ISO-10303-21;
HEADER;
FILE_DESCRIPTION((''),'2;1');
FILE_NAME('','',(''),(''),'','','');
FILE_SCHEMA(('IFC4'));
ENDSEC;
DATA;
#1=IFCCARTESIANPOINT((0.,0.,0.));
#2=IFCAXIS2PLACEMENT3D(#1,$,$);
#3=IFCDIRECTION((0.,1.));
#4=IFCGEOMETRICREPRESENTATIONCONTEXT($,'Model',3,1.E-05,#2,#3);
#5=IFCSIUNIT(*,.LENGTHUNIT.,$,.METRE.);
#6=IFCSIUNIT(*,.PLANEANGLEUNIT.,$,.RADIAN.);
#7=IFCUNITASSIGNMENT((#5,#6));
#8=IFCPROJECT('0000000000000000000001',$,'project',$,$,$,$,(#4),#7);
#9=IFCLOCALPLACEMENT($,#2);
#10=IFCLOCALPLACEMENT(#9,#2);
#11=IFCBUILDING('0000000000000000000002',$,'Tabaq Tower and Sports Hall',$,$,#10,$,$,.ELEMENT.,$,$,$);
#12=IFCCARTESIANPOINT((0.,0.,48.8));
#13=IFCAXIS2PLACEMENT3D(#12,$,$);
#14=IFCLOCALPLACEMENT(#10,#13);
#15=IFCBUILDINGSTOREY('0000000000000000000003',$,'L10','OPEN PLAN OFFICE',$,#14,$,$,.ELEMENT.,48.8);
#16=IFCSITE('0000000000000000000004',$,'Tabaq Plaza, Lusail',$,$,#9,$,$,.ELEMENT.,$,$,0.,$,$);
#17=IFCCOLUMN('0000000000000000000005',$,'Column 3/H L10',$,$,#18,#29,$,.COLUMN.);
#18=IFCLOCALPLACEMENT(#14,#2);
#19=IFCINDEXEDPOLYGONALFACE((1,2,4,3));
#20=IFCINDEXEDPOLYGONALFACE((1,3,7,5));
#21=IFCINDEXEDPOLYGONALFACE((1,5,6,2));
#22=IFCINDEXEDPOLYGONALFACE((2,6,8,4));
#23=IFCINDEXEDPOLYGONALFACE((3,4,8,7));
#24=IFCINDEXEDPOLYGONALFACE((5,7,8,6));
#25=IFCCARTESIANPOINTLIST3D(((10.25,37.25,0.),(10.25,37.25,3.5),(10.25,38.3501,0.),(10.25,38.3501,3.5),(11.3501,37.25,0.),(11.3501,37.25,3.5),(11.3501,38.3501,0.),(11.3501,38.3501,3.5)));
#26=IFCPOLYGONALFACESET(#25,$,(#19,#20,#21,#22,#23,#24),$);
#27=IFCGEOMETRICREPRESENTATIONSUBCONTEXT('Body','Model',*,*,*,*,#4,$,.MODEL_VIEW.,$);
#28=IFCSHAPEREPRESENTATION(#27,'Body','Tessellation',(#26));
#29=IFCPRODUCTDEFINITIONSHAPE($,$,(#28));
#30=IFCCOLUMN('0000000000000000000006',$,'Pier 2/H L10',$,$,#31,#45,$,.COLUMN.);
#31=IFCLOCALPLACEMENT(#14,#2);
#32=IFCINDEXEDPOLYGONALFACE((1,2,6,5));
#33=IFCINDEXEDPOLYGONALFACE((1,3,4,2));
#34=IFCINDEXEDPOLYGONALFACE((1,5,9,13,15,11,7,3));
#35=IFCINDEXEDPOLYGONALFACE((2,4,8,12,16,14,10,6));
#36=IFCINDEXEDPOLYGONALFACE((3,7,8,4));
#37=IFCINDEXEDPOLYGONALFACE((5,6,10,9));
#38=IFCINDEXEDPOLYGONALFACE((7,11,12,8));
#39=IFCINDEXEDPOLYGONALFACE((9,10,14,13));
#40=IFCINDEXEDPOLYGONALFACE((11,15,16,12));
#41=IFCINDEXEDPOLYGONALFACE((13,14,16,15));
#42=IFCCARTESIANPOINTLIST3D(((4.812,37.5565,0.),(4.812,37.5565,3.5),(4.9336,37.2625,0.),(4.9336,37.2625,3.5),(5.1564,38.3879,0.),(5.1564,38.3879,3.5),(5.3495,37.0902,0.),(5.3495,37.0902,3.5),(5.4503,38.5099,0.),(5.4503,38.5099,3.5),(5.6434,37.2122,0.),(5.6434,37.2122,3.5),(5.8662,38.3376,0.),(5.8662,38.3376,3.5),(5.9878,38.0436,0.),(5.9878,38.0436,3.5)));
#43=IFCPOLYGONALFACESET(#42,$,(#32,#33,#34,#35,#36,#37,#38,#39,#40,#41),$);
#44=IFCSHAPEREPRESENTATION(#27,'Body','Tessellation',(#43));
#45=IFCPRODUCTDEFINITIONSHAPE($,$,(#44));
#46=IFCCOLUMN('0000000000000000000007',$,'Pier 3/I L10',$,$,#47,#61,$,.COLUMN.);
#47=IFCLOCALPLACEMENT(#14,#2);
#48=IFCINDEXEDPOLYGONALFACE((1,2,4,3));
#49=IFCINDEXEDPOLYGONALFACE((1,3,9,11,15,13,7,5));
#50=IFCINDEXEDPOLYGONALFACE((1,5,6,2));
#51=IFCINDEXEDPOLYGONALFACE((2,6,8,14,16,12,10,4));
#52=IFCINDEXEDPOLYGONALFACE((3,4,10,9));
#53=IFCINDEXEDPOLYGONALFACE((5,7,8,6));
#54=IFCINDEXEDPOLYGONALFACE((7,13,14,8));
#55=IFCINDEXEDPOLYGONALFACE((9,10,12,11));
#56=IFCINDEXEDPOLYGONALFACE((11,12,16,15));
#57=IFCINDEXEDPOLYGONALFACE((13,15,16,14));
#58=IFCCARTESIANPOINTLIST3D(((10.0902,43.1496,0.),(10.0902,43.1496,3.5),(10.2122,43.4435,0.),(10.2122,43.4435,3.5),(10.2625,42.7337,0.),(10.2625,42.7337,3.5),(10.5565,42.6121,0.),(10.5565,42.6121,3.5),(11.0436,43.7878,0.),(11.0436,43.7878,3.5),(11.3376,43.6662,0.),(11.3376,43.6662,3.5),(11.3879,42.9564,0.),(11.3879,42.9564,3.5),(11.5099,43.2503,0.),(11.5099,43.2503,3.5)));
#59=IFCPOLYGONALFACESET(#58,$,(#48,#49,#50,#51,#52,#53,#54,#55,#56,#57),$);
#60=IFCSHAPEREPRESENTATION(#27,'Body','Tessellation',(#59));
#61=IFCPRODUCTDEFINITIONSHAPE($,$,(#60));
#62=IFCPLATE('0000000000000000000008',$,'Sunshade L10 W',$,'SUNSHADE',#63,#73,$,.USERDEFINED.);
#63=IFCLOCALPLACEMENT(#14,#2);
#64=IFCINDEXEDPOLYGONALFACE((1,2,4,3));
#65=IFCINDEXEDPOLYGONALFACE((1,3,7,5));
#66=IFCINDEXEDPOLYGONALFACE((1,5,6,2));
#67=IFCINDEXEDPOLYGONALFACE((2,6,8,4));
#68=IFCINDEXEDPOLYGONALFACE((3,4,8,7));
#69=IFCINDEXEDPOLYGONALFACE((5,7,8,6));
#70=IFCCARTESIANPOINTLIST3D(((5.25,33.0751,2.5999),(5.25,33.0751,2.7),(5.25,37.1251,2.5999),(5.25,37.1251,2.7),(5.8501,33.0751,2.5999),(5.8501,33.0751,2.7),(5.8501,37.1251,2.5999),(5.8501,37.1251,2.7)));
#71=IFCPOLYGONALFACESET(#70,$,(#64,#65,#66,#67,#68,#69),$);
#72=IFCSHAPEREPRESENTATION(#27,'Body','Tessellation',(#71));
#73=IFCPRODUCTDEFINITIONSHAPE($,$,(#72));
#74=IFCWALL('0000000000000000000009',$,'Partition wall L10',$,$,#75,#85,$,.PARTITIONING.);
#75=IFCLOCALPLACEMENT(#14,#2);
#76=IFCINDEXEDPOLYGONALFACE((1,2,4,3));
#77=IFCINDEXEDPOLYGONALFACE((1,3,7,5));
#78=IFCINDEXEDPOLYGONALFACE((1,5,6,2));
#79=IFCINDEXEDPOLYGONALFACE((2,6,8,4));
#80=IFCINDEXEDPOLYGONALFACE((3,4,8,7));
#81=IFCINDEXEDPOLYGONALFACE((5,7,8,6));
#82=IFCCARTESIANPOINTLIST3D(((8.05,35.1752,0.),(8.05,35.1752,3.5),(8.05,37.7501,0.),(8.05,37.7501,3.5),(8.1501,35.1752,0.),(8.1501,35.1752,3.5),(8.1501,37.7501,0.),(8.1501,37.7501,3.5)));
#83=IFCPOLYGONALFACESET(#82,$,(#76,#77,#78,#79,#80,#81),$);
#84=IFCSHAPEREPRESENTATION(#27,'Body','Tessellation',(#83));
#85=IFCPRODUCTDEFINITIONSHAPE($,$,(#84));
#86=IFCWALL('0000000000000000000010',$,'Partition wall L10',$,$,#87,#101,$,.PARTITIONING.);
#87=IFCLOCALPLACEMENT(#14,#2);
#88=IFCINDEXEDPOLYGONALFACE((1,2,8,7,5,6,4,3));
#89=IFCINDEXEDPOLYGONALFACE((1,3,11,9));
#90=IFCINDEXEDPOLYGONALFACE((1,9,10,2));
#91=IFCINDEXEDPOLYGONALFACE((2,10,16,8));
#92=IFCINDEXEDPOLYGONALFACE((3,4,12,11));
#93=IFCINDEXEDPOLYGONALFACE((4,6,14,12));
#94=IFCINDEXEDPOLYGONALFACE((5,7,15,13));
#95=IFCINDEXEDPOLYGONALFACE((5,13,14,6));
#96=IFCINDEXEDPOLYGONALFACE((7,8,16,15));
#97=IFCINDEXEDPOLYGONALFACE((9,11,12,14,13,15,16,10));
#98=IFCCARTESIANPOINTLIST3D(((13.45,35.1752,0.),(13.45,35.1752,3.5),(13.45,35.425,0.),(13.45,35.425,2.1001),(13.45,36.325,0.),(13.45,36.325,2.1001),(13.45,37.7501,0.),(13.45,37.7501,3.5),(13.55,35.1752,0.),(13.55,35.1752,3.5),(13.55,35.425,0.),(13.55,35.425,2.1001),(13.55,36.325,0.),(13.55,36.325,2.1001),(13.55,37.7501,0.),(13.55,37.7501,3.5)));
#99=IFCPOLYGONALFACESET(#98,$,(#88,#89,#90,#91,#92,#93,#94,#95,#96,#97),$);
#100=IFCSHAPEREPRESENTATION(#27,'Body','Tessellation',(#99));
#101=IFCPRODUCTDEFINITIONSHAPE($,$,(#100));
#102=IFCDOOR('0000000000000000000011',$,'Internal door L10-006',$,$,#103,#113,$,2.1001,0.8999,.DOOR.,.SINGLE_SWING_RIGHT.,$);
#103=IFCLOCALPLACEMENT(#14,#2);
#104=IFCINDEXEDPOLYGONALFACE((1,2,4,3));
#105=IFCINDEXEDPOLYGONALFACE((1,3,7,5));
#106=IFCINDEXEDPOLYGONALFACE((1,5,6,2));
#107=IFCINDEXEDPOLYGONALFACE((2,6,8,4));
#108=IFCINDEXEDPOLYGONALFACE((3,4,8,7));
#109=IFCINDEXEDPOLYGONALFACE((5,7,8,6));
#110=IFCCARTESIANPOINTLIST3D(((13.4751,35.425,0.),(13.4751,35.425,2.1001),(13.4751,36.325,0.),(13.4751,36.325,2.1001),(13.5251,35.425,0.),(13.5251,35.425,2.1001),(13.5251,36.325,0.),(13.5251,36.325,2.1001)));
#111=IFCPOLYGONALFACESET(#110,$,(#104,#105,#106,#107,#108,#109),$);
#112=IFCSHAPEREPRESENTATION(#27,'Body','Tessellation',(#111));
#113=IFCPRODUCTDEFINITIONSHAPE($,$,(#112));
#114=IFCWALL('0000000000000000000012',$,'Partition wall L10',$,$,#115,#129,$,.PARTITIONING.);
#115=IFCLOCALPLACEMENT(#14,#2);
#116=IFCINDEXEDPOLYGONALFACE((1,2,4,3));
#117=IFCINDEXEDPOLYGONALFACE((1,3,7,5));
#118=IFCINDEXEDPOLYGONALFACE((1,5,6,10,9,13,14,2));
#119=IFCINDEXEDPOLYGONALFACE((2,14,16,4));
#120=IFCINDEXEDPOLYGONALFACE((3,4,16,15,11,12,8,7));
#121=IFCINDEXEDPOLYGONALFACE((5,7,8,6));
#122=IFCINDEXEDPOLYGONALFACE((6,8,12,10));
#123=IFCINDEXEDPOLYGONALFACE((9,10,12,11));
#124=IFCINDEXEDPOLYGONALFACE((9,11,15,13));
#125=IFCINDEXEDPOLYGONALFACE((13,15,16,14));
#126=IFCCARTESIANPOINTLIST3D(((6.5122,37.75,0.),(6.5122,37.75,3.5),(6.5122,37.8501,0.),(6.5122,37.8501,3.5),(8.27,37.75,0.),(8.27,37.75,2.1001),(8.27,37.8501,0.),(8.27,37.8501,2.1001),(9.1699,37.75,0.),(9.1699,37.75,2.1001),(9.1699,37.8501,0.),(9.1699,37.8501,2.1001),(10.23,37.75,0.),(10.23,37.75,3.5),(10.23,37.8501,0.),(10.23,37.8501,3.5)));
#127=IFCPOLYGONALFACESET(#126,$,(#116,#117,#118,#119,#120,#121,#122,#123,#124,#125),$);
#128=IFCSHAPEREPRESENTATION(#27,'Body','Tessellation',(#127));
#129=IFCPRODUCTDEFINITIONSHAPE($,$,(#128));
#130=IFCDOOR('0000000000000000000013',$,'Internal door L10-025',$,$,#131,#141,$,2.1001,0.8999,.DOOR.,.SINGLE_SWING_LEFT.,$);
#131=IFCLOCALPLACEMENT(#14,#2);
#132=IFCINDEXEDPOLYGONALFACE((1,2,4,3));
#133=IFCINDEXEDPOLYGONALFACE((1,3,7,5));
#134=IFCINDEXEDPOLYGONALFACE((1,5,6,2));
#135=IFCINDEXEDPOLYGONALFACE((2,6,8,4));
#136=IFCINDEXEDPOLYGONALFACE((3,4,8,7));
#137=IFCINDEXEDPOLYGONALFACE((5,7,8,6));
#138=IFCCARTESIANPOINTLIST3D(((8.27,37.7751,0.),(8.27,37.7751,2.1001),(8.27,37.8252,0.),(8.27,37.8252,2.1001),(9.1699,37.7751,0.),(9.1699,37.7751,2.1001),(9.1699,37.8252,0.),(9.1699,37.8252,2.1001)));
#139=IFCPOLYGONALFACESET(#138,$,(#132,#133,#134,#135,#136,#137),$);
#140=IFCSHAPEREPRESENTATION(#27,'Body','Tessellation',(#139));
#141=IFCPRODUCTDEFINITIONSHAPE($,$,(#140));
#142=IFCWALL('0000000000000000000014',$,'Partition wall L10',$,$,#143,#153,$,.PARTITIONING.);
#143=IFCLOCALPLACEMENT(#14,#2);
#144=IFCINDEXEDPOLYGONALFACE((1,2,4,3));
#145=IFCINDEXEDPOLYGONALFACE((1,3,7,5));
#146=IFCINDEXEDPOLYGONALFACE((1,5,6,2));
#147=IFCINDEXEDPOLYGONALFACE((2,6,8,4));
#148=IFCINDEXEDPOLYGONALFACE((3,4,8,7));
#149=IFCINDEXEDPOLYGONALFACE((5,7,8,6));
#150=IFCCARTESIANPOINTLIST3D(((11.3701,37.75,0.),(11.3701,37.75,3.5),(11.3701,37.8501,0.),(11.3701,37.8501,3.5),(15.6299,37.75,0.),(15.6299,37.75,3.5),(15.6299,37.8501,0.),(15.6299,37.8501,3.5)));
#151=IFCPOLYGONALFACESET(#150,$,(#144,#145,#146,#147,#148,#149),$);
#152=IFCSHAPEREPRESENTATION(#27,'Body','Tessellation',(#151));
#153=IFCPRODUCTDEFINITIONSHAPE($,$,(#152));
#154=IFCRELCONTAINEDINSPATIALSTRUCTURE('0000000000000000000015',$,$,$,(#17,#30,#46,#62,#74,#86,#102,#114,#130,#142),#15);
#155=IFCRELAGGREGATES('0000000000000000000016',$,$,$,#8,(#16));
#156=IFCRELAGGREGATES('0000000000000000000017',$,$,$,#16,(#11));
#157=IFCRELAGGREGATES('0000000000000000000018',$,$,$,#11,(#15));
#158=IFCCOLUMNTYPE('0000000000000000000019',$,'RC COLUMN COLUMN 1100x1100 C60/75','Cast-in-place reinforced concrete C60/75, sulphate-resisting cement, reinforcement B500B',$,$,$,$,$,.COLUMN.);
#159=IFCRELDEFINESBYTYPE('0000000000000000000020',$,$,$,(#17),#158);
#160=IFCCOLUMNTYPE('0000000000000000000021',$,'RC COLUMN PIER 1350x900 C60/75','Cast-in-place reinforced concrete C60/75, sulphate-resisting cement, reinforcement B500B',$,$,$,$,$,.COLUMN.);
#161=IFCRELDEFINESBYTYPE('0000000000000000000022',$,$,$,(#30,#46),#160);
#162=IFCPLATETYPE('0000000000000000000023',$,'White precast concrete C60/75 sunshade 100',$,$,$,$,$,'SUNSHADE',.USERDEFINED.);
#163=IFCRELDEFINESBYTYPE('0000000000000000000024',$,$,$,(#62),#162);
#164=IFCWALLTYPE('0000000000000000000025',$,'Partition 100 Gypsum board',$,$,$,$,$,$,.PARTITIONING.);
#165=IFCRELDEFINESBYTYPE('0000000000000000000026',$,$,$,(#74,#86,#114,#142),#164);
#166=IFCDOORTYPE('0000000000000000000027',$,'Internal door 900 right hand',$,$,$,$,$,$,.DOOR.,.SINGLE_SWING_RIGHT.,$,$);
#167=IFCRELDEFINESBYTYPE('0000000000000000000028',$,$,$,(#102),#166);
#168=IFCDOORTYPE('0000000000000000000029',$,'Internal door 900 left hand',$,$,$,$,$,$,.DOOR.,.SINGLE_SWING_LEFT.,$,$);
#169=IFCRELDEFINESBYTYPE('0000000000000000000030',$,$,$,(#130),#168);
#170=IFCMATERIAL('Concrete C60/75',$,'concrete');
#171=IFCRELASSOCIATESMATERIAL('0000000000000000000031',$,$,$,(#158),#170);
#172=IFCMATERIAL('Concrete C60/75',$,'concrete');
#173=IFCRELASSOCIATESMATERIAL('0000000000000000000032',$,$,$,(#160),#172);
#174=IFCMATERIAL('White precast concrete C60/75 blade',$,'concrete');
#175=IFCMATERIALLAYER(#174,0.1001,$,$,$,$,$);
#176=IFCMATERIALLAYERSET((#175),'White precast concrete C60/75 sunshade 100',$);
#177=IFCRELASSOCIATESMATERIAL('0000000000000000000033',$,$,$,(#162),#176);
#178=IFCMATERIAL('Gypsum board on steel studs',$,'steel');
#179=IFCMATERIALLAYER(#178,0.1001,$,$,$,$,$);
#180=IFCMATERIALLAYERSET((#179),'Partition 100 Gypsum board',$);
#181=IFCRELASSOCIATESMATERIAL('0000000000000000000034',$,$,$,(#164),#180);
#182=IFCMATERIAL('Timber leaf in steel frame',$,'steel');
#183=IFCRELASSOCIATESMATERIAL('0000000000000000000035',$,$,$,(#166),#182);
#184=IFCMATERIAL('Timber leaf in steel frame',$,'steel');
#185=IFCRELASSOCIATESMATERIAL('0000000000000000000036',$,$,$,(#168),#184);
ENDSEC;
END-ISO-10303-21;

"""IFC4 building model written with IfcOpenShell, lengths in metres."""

from ifc_helpers import new_model, si_unit, direction, frame, frame_2d, origin, origin_2d, place, context, subcontext, project, spatial, polyline, rectangle, outline, extrude, material, layer, layer_set, material_profile, profile_set, type_object, element, fill, save


model = new_model("IFC4")

# Units and contexts
model_context = context("Model", 3, precision=1e-05, world=origin(), true_north=direction((0.0, 1.0)))
body_context = subcontext(model_context, "Body", "Model", "MODEL_VIEW")
ifc_project = project(units=[si_unit("LENGTHUNIT", "METRE"), si_unit("PLANEANGLEUNIT", "RADIAN")], contexts=[model_context])

# Site, building, storey
site_placement = place(None, origin())
site = spatial("IfcSite", under=ifc_project, at=site_placement, Name="Tabaq Plaza, Lusail", CompositionType="ELEMENT", RefElevation=0.0)
building_placement = place(site_placement, origin())
building = spatial("IfcBuilding", under=site, at=building_placement, Name="Tabaq Tower and Sports Hall", CompositionType="ELEMENT")
storey_placement = place(building_placement, frame((0.0, 0.0, 48.8)))
storey = spatial("IfcBuildingStorey", under=building, at=storey_placement, Name="L10", Description="OPEN PLAN OFFICE", CompositionType="ELEMENT", Elevation=48.8)

# Columns
ifc_material_1 = material(Name="Concrete C60/75", Category="concrete")
ifc_material_profile_1 = material_profile(ifc_material_1, rectangle(XDim=1.1001, YDim=1.1001, at=origin_2d()), Name="COLUMN 1100x1100")
ifc_profile_set_1 = profile_set([ifc_material_profile_1], Name="Concrete C60/75")
column_type_1 = type_object("IfcColumnType", Name="RC COLUMN COLUMN 1100x1100 C60/75", Description="Cast-in-place reinforced concrete C60/75, sulphate-resisting cement, reinforcement B500B", PredefinedType="COLUMN", material=ifc_profile_set_1)
column_placement = place(storey_placement, frame((10.8, 37.8, 0.0), z_axis=(0.0, 0.0, 1.0), x_axis=(1.0, 0.0, 0.0)))
element("IfcColumn", 1, at=column_placement, inside=storey, type_object=column_type_1, Name="Column 3/H L10", PredefinedType="COLUMN", context=body_context, shape_type="SweptSolid", body=[
    extrude(rectangle(XDim=1.1001, YDim=1.1001, at=origin_2d()), origin(), (0.0, 0.0, 1.0), 3.5),
])
ifc_material_2 = material(Name="Concrete C60/75", Category="concrete")
ifc_material_profile_2 = material_profile(ifc_material_2, outline(polyline([(-0.45, -0.45), (0.45, -0.45), (0.675, -0.2251), (0.675, 0.2251), (0.45, 0.45), (-0.45, 0.45), (-0.675, 0.2251), (-0.675, -0.2251), (-0.45, -0.45)])), Name="PIER 1350x900")
ifc_profile_set_2 = profile_set([ifc_material_profile_2], Name="Concrete C60/75")
column_type_2 = type_object("IfcColumnType", Name="RC COLUMN PIER 1350x900 C60/75", Description="Cast-in-place reinforced concrete C60/75, sulphate-resisting cement, reinforcement B500B", PredefinedType="COLUMN", material=ifc_profile_set_2)
for number, where, z_axis, x_axis, name in (
    (2, (5.3999, 37.8, 0.0), (0.0, 0.0, 1.0), (0.382683, 0.92388, 0.0), "Pier 2/H L10"),
    (3, (10.8, 43.2, 0.0), (0.0, 0.0, 1.0), (0.92388, 0.382683, 0.0), "Pier 3/I L10"),
):
    element("IfcColumn", number, at=place(storey_placement, frame(where, z_axis=z_axis, x_axis=x_axis)), inside=storey, type_object=column_type_2, Name=name, PredefinedType="COLUMN", context=body_context, shape_type="SweptSolid", body=[
        extrude(outline(polyline([(-0.45, -0.45), (0.45, -0.45), (0.675, -0.2251), (0.675, 0.2251), (0.45, 0.45), (-0.45, 0.45), (-0.675, 0.2251), (-0.675, -0.2251), (-0.45, -0.45)])), origin(), (0.0, 0.0, 1.0), 3.5),
    ])

# Plate
ifc_material_3 = material(Name="White precast concrete C60/75 blade", Category="concrete")
ifc_layer_1 = layer(ifc_material_3, 0.1001)
ifc_layer_set_1 = layer_set([ifc_layer_1], Name="White precast concrete C60/75 sunshade 100")
plate_type = type_object("IfcPlateType", Name="White precast concrete C60/75 sunshade 100", ElementType="SUNSHADE", PredefinedType="USERDEFINED", material=ifc_layer_set_1)
plate_placement = place(storey_placement, frame((5.55, 35.1001, 2.5999), z_axis=(0.0, 0.0, 1.0), x_axis=(0.0, -1.0, 0.0)))
element("IfcPlate", 4, at=plate_placement, inside=storey, type_object=plate_type, Name="Sunshade L10 W", ObjectType="SUNSHADE", PredefinedType="USERDEFINED", context=body_context, shape_type="SweptSolid", body=[
    extrude(rectangle(XDim=4.05, YDim=0.6001, at=origin_2d()), origin(), (0.0, 0.0, 1.0), 0.1001),
])

# Wall
ifc_material_4 = material(Name="Gypsum board on steel studs", Category="steel")
ifc_layer_2 = layer(ifc_material_4, 0.1001)
ifc_layer_set_2 = layer_set([ifc_layer_2], Name="Partition 100 Gypsum board")
wall_type_1 = type_object("IfcWallType", Name="Partition 100 Gypsum board", PredefinedType="PARTITIONING", material=ifc_layer_set_2)
wall_1_placement = place(storey_placement, frame((8.1001, 35.175, 0.0), z_axis=(0.0, 0.0, 1.0), x_axis=(0.0, 1.0, 0.0)))
element("IfcWall", 5, at=wall_1_placement, inside=storey, type_object=wall_type_1, Name="Partition wall L10", PredefinedType="PARTITIONING", context=body_context, shape_type="SweptSolid", body=[
    extrude(rectangle(XDim=2.575, YDim=0.1001, at=frame_2d((1.2876, 0.0))), origin(), (0.0, 0.0, 1.0), 3.5),
])

# Walls, openings, doors
wall_2_placement = place(storey_placement, frame((13.5, 35.175, 0.0), z_axis=(0.0, 0.0, 1.0), x_axis=(0.0, 1.0, 0.0)))
wall_2 = element("IfcWall", 6, at=wall_2_placement, inside=storey, type_object=wall_type_1, Name="Partition wall L10", PredefinedType="PARTITIONING", context=body_context, shape_type="SweptSolid", body=[
    extrude(rectangle(XDim=2.575, YDim=0.1001, at=frame_2d((1.2876, 0.0))), origin(), (0.0, 0.0, 1.0), 3.5),
])
opening_1_placement = place(wall_2_placement, frame((0.25, 0.0, 0.0)))
opening_1 = element("IfcOpeningElement", 7, at=opening_1_placement, cuts=wall_2, PredefinedType="OPENING", context=body_context, shape_type="SweptSolid", body=[
    extrude(rectangle(XDim=0.8999, YDim=2.1001, at=frame_2d((0.45, 1.05))), frame((0.0, 0.05, 0.0), z_axis=(0.0, -1.0, 0.0), x_axis=(1.0, 0.0, 0.0)), (0.0, 0.0, 1.0), 0.1001),
])
ifc_material_5 = material(Name="Timber leaf in steel frame", Category="steel")
door_type_1 = type_object("IfcDoorType", Name="Internal door 900 right hand", OperationType="SINGLE_SWING_RIGHT", PredefinedType="DOOR", material=ifc_material_5)
door_1_placement = place(opening_1_placement, origin())
door_1 = element("IfcDoor", 8, at=door_1_placement, inside=storey, type_object=door_type_1, Name="Internal door L10-006", OperationType="SINGLE_SWING_RIGHT", OverallHeight=2.1001, OverallWidth=0.8999, PredefinedType="DOOR", context=body_context, shape_type="SweptSolid", body=[
    extrude(rectangle(XDim=0.8999, YDim=2.1001, at=frame_2d((0.45, 1.05))), frame((0.0, 0.0249, 0.0), z_axis=(0.0, -1.0, 0.0), x_axis=(1.0, 0.0, 0.0)), (0.0, 0.0, 1.0), 0.05),
])
fill(opening_1, door_1)
wall_3_placement = place(storey_placement, frame((10.23, 37.8, 0.0), z_axis=(0.0, 0.0, 1.0), x_axis=(-1.0, 0.0, 0.0)))
wall_3 = element("IfcWall", 9, at=wall_3_placement, inside=storey, type_object=wall_type_1, Name="Partition wall L10", PredefinedType="PARTITIONING", context=body_context, shape_type="SweptSolid", body=[
    extrude(rectangle(XDim=3.7178, YDim=0.1001, at=frame_2d((1.8589, 0.0))), origin(), (0.0, 0.0, 1.0), 3.5),
])
opening_2_placement = place(wall_3_placement, frame((1.0601, 0.0, 0.0)))
opening_2 = element("IfcOpeningElement", 10, at=opening_2_placement, cuts=wall_3, PredefinedType="OPENING", context=body_context, shape_type="SweptSolid", body=[
    extrude(rectangle(XDim=0.8999, YDim=2.1001, at=frame_2d((0.45, 1.05))), frame((0.0, 0.05, 0.0), z_axis=(0.0, -1.0, 0.0), x_axis=(1.0, 0.0, 0.0)), (0.0, 0.0, 1.0), 0.1001),
])
ifc_material_6 = material(Name="Timber leaf in steel frame", Category="steel")
door_type_2 = type_object("IfcDoorType", Name="Internal door 900 left hand", OperationType="SINGLE_SWING_LEFT", PredefinedType="DOOR", material=ifc_material_6)
door_2_placement = place(opening_2_placement, origin())
door_2 = element("IfcDoor", 11, at=door_2_placement, inside=storey, type_object=door_type_2, Name="Internal door L10-025", OperationType="SINGLE_SWING_LEFT", OverallHeight=2.1001, OverallWidth=0.8999, PredefinedType="DOOR", context=body_context, shape_type="SweptSolid", body=[
    extrude(rectangle(XDim=0.8999, YDim=2.1001, at=frame_2d((0.45, 1.05))), frame((0.0, 0.0249, 0.0), z_axis=(0.0, -1.0, 0.0), x_axis=(1.0, 0.0, 0.0)), (0.0, 0.0, 1.0), 0.05),
])
fill(opening_2, door_2)

# Wall
wall_4_placement = place(storey_placement, frame((15.6299, 37.8, 0.0), z_axis=(0.0, 0.0, 1.0), x_axis=(-1.0, 0.0, 0.0)))
element("IfcWall", 12, at=wall_4_placement, inside=storey, type_object=wall_type_1, Name="Partition wall L10", PredefinedType="PARTITIONING", context=body_context, shape_type="SweptSolid", body=[
    extrude(rectangle(XDim=4.2598, YDim=0.1001, at=frame_2d((2.1299, 0.0))), origin(), (0.0, 0.0, 1.0), 3.5),
])

save(model, "model.ifc")
